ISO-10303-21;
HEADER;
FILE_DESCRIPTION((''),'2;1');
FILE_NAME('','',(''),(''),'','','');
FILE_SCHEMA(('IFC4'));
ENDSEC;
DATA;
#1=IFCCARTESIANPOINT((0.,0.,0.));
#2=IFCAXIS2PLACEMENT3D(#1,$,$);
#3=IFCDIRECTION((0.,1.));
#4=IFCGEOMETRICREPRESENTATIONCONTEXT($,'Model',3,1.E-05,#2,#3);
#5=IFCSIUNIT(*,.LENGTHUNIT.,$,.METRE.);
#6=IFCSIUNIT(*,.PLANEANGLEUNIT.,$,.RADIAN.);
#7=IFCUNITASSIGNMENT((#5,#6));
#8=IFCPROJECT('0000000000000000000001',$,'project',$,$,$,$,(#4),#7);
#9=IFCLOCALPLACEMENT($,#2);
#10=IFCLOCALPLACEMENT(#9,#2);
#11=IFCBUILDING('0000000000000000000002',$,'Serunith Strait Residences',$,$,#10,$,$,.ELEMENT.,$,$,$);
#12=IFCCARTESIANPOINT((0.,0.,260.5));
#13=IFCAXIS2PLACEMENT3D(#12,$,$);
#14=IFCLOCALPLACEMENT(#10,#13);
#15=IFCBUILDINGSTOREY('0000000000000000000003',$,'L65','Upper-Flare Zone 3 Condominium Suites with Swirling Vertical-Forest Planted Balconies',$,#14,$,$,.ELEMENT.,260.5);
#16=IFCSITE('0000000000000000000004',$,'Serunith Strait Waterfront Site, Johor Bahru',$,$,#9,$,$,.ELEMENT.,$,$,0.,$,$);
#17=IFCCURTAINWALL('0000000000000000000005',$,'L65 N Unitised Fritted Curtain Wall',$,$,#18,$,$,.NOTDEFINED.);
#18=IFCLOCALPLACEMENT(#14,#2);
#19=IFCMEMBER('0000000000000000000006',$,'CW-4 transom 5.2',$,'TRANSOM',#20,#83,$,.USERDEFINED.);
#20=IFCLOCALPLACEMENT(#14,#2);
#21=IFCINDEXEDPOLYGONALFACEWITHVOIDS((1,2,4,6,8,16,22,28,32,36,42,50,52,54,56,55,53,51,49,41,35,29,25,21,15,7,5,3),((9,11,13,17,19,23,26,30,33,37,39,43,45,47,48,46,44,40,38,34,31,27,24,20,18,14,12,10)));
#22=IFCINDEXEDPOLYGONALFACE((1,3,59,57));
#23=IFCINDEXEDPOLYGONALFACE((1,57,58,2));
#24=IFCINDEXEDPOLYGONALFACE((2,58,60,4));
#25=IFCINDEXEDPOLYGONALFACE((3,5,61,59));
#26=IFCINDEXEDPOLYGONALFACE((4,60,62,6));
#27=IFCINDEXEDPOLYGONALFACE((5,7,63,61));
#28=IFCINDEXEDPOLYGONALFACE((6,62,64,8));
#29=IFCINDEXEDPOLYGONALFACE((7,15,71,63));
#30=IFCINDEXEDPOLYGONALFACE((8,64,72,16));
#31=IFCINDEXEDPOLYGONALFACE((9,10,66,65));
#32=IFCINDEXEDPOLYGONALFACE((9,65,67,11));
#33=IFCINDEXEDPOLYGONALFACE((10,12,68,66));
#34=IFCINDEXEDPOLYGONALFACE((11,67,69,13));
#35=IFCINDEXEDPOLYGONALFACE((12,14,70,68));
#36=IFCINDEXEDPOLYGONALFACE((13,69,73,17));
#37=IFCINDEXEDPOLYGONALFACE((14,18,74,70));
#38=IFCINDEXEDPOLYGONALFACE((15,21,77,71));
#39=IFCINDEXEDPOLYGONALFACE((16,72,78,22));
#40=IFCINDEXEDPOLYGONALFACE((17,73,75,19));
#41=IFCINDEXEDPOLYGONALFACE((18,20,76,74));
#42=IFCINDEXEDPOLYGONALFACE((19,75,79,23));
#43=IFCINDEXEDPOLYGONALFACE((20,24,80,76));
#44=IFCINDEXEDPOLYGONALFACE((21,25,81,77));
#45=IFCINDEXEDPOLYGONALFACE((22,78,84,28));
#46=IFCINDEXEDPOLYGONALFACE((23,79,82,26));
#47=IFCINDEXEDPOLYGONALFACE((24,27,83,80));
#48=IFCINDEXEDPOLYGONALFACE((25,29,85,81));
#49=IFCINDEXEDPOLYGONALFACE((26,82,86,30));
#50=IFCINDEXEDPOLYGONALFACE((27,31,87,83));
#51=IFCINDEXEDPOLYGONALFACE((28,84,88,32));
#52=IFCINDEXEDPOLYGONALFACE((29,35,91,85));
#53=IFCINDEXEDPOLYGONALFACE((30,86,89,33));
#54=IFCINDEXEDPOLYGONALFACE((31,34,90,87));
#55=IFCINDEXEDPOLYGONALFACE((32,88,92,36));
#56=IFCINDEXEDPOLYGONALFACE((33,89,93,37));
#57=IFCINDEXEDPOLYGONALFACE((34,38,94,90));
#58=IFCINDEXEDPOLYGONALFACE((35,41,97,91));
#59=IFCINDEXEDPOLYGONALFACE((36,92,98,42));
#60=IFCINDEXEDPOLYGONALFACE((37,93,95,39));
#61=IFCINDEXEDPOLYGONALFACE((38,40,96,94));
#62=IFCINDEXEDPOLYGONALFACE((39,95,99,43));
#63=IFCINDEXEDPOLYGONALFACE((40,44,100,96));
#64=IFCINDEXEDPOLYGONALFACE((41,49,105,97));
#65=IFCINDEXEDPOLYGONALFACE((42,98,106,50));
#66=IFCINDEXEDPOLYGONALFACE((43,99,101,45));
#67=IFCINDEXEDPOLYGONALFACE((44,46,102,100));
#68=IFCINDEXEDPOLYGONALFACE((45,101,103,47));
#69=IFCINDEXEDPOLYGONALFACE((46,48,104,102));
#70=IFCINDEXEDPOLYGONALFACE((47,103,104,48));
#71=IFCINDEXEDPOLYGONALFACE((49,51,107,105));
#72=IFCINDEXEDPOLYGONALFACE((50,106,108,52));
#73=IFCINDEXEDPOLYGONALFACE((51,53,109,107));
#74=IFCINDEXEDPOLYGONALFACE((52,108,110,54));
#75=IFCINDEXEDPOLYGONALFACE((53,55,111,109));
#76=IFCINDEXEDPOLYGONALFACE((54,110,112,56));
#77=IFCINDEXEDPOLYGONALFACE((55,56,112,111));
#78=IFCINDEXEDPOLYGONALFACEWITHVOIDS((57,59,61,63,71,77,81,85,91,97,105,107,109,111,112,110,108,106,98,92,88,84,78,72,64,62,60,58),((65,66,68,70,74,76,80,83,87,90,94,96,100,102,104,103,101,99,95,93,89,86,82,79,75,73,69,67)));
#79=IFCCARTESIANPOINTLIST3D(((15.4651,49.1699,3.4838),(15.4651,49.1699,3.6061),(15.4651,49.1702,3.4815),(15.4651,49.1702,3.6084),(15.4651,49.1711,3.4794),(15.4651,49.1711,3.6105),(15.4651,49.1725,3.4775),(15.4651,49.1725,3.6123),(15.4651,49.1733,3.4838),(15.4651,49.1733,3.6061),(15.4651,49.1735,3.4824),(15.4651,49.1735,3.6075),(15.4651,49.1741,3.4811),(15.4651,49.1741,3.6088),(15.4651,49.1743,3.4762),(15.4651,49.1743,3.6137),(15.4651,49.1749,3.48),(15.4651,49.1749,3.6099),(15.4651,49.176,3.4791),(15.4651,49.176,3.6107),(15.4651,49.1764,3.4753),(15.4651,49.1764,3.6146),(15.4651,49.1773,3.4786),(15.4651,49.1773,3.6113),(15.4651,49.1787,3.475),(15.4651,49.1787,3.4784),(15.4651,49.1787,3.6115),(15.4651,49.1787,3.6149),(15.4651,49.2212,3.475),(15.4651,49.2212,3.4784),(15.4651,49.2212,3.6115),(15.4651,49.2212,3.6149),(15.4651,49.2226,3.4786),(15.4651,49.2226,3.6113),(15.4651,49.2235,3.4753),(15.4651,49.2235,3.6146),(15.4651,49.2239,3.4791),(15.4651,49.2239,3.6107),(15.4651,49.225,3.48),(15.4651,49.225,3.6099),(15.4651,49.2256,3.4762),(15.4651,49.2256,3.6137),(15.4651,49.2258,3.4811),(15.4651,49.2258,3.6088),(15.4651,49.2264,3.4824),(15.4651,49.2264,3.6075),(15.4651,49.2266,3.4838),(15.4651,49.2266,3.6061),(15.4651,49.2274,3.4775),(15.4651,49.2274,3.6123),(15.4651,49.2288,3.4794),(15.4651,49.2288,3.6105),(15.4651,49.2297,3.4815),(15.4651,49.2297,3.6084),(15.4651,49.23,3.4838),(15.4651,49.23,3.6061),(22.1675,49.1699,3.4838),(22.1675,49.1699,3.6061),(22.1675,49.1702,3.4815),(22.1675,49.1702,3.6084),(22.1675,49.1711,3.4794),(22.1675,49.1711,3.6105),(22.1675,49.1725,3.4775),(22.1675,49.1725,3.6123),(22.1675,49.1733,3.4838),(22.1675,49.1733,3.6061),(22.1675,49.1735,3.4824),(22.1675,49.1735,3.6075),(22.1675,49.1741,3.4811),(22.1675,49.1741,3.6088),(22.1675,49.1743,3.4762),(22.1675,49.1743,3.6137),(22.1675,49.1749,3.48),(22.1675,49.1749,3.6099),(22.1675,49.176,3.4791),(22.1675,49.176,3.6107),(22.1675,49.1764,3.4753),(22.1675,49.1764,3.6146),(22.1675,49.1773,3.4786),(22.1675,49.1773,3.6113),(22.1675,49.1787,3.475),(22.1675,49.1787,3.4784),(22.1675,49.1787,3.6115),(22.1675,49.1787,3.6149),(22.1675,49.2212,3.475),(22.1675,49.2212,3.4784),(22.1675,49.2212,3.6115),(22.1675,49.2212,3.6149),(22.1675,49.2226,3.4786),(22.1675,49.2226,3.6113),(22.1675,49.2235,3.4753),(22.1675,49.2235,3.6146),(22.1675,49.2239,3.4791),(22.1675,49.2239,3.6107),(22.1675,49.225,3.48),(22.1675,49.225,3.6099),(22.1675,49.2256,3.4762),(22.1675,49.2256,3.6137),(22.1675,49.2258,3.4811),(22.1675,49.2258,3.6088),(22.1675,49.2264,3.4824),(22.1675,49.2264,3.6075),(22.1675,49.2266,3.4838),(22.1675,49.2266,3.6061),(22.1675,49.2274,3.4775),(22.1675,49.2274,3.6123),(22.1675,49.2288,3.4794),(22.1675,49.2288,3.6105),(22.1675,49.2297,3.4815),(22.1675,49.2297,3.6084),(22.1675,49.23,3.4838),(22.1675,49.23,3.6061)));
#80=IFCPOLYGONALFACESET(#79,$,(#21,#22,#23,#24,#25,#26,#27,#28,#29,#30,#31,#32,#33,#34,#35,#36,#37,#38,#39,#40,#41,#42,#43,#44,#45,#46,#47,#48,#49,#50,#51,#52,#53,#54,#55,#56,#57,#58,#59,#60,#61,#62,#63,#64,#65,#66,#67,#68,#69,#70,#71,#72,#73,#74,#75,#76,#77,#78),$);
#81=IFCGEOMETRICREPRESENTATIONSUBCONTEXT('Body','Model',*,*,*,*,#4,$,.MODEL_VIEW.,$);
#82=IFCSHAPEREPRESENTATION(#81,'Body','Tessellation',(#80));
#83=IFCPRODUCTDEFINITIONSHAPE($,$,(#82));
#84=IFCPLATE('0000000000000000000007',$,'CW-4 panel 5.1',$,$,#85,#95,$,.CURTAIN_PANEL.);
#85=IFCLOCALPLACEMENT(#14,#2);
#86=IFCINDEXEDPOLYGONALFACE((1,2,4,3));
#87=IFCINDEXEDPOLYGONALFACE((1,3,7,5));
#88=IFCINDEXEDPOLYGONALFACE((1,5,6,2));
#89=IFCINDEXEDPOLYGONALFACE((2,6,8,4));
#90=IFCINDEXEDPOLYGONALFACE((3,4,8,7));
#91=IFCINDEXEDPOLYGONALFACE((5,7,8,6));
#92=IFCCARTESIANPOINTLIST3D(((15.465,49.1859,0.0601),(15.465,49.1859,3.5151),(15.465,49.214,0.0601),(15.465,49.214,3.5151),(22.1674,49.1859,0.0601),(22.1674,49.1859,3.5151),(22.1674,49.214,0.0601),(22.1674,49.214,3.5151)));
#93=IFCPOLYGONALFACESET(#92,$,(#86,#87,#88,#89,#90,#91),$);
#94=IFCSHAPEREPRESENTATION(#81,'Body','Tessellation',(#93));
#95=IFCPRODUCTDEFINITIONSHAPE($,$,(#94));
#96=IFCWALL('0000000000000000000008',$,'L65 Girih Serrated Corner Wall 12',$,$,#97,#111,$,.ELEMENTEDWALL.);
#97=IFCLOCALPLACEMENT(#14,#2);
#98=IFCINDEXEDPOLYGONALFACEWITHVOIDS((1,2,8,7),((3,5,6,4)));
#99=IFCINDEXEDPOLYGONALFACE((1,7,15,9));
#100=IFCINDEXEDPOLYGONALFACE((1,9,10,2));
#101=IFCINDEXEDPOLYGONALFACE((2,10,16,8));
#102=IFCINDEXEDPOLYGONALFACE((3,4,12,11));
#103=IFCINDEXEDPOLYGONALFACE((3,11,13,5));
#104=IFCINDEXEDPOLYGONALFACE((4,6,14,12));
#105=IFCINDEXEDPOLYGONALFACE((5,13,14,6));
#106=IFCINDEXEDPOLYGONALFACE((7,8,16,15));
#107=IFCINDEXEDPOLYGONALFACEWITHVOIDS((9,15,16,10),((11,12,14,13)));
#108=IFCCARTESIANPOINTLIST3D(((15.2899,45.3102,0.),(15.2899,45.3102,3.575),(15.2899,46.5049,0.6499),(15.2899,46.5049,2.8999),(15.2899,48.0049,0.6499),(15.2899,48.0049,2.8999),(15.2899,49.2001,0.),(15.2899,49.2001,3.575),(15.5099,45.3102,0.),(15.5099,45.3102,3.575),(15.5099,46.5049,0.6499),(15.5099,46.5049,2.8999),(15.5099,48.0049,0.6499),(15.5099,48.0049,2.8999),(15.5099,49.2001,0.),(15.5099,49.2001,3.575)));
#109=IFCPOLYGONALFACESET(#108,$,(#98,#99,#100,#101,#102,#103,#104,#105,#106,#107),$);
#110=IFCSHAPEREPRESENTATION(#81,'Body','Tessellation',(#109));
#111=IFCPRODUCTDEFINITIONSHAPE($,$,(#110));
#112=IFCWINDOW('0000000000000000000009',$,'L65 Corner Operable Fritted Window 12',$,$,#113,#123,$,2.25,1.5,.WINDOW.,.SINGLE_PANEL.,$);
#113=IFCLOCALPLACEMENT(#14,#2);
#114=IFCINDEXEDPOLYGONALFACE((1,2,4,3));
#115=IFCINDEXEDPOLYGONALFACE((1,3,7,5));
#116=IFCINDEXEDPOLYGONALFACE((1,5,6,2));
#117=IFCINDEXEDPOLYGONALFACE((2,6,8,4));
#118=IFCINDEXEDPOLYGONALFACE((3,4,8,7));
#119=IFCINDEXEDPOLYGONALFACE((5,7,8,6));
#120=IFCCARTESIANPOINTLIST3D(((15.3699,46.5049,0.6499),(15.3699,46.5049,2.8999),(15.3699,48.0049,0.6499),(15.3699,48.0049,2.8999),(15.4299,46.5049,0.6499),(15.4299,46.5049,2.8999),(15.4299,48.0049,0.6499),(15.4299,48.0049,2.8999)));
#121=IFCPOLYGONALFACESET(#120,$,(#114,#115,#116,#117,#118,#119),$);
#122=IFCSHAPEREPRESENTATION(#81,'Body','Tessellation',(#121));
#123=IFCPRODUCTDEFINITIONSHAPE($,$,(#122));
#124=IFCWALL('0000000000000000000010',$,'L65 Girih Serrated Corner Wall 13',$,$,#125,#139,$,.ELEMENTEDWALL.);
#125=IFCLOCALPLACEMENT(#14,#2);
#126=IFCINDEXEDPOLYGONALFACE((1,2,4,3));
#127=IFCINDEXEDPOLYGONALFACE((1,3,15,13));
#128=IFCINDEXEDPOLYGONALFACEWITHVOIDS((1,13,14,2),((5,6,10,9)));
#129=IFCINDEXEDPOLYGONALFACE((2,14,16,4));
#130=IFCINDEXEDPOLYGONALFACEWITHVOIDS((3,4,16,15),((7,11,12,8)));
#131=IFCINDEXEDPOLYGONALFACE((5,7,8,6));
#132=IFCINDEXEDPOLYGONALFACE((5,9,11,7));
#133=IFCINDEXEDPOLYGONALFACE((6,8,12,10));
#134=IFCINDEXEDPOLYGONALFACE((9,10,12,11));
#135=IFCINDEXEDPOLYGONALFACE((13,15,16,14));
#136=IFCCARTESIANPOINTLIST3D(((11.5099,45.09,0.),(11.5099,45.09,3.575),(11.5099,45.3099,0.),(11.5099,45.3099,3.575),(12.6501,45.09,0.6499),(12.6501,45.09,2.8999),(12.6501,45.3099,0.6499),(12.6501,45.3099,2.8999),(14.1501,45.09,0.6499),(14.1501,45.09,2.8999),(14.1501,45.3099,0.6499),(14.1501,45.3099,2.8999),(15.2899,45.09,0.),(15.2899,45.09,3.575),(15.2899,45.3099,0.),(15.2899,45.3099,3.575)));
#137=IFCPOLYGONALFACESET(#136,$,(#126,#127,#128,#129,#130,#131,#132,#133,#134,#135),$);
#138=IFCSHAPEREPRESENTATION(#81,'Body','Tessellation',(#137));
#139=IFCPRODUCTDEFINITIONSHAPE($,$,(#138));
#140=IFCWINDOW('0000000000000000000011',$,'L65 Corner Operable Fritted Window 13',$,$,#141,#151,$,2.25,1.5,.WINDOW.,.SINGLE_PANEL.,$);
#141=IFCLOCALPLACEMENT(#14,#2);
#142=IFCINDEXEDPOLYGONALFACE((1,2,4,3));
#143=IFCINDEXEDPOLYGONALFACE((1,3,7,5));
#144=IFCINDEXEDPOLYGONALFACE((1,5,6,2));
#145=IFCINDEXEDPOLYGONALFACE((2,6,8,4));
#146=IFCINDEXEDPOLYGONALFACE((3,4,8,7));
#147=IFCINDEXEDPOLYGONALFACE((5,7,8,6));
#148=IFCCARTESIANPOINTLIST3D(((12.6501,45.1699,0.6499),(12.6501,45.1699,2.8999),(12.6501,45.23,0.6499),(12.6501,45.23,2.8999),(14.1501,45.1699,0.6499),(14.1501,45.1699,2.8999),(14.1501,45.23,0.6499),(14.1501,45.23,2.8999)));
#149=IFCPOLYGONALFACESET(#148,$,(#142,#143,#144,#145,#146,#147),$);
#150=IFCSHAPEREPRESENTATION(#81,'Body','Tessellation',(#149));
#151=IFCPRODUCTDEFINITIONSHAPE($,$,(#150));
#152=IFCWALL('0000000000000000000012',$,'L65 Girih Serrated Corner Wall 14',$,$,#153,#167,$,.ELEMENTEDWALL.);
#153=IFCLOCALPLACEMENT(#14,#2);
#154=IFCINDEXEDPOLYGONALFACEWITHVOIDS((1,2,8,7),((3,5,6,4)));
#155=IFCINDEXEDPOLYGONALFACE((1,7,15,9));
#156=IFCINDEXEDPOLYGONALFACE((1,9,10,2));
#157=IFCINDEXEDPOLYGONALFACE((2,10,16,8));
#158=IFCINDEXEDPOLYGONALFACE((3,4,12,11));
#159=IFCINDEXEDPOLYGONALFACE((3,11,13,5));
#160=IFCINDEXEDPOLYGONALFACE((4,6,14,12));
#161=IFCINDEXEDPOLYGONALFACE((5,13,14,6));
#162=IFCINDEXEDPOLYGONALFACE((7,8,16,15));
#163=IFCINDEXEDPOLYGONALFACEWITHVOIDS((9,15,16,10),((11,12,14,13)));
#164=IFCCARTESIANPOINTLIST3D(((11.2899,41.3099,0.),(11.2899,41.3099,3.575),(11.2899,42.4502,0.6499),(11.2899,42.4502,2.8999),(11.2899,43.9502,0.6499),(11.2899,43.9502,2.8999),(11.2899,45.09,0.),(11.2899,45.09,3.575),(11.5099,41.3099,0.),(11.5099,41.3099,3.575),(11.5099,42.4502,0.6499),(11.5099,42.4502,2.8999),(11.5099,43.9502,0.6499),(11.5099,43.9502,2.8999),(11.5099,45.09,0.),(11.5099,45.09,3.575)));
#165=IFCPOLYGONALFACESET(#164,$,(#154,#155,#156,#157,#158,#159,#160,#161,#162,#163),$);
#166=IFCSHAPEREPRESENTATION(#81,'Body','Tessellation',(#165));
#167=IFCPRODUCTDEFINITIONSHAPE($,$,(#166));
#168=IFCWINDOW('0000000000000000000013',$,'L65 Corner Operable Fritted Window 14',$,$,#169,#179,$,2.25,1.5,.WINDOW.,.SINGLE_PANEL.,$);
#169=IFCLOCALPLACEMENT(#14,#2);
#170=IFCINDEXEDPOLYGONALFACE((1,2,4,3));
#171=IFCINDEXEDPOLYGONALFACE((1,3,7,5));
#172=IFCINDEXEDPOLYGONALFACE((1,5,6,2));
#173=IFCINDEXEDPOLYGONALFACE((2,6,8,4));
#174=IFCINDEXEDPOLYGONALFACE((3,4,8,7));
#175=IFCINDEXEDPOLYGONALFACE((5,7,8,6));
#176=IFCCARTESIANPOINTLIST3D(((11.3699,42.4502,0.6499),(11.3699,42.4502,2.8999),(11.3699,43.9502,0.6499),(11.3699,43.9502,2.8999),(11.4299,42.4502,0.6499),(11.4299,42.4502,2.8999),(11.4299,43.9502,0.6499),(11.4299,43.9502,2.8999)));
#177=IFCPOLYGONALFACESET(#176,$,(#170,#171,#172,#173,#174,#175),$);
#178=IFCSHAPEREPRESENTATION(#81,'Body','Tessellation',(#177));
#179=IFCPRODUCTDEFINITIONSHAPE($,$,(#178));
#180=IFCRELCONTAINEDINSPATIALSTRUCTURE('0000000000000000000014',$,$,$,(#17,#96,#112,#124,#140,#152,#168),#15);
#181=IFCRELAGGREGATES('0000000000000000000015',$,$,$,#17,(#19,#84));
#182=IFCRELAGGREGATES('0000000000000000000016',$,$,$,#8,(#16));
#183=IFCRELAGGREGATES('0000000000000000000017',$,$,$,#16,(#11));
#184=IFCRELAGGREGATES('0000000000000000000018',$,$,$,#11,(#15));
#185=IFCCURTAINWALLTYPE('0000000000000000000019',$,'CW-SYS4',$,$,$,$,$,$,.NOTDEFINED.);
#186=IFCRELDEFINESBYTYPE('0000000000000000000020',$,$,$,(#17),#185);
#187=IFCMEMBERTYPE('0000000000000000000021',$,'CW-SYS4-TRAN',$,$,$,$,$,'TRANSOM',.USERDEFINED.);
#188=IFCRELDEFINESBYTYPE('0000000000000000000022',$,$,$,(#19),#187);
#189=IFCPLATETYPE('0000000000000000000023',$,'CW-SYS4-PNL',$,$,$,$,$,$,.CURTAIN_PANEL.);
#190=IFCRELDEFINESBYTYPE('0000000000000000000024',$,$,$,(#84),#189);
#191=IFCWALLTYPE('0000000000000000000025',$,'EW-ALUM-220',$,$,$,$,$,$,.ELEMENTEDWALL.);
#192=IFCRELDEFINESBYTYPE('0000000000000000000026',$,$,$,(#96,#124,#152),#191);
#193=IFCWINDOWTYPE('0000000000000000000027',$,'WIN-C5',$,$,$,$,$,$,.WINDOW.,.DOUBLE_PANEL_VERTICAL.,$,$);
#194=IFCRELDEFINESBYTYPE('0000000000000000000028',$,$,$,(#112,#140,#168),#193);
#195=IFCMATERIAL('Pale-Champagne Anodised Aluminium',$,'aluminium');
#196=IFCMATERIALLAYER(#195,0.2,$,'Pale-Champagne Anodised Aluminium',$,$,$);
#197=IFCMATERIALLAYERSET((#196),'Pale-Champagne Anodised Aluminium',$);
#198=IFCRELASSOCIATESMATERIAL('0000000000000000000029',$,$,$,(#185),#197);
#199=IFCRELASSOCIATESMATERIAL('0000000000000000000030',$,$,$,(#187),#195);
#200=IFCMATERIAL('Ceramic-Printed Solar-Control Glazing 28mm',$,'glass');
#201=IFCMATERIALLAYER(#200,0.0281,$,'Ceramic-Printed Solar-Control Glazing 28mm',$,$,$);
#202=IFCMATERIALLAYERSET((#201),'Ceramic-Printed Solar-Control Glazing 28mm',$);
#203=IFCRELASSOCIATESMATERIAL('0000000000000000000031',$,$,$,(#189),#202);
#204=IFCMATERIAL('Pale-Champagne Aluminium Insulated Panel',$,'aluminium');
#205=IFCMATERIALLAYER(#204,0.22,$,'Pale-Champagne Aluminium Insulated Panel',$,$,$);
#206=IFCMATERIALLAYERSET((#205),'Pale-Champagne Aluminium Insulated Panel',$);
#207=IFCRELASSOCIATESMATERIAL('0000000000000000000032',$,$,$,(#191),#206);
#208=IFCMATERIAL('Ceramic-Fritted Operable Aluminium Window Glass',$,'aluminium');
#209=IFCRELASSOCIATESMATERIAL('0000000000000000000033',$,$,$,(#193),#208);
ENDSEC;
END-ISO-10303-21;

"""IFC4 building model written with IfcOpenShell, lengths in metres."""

from ifc_helpers import new_model, si_unit, direction, frame, frame_2d, origin, origin_2d, place, context, subcontext, project, spatial, rectangle, hollow_rectangle, extrude, source, transform, mapped, material, layer, layer_set, material_profile, profile_set, type_object, element, fill, aggregate, save


model = new_model("IFC4")

# Units and contexts
model_context = context("Model", 3, precision=1e-05, world=origin(), true_north=direction((0.0, 1.0)))
body_context = subcontext(model_context, "Body", "Model", "MODEL_VIEW")
ifc_project = project(units=[si_unit("LENGTHUNIT", "METRE"), si_unit("PLANEANGLEUNIT", "RADIAN")], contexts=[model_context])

# Site, building, storey
site_placement = place(None, origin())
site = spatial("IfcSite", under=ifc_project, at=site_placement, Name="Serunith Strait Waterfront Site, Johor Bahru", CompositionType="ELEMENT", RefElevation=0.0)
building_placement = place(site_placement, origin())
building = spatial("IfcBuilding", under=site, at=building_placement, Name="Serunith Strait Residences", CompositionType="ELEMENT")
storey_placement = place(building_placement, frame((0.0, 0.0, 260.5)))
storey = spatial("IfcBuildingStorey", under=building, at=storey_placement, Name="L65", Description="Upper-Flare Zone 3 Condominium Suites with Swirling Vertical-Forest Planted Balconies", CompositionType="ELEMENT", Elevation=260.5)

# Curtain wall
ifc_material_1 = material(Name="Pale-Champagne Anodised Aluminium", Category="aluminium")
ifc_layer_1 = layer(ifc_material_1, 0.2, Name="Pale-Champagne Anodised Aluminium")
ifc_layer_set_1 = layer_set([ifc_layer_1], Name="Pale-Champagne Anodised Aluminium")
curtain_wall_type = type_object("IfcCurtainWallType", Name="CW-SYS4", PredefinedType="NOTDEFINED", material=ifc_layer_set_1)
curtain_wall_1_placement = place(storey_placement, origin())
curtain_wall_1 = element("IfcCurtainWall", 1, at=curtain_wall_1_placement, inside=storey, type_object=curtain_wall_type, Name="L65 N Unitised Fritted Curtain Wall", PredefinedType="NOTDEFINED")
ifc_material_profile_1 = material_profile(ifc_material_1, hollow_rectangle(XDim=0.0601, YDim=0.1399, WallThickness=0.0034, InnerFilletRadius=0.0054, OuterFilletRadius=0.0088, at=origin_2d()), Name="ALU 140x60x3.5")
ifc_profile_set_1 = profile_set([ifc_material_profile_1], Name="Pale-Champagne Anodised Aluminium")
member_type_1 = type_object("IfcMemberType", Name="CW-SYS4-TRAN", ElementType="TRANSOM", PredefinedType="USERDEFINED", material=ifc_profile_set_1)

# Member
shared_shape_1 = source(origin(), body_context, "Body", "SweptSolid", [
    extrude(hollow_rectangle(XDim=0.0601, YDim=0.1399, WallThickness=0.0034, InnerFilletRadius=0.0054, OuterFilletRadius=0.0088, at=origin_2d()), origin(), (0.0, 0.0, 1.0), 6.7024),
])
member_1_placement = place(storey_placement, frame((22.1675, 49.2, 3.5449), z_axis=(-1.0, 0.0, 0.0), x_axis=(0.0, -1.0, 0.0)))
member_1 = element("IfcMember", 2, at=member_1_placement, type_object=member_type_1, Name="CW-4 transom 5.2", ObjectType="TRANSOM", PredefinedType="USERDEFINED", context=body_context, shape_type="MappedRepresentation", body=[
    mapped(shared_shape_1, transform((0.0, 0.0, 0.0), scale=1.0)),
])

# Plate
ifc_material_2 = material(Name="Ceramic-Printed Solar-Control Glazing 28mm", Category="glass")
ifc_layer_2 = layer(ifc_material_2, 0.0281, Name="Ceramic-Printed Solar-Control Glazing 28mm")
ifc_layer_set_2 = layer_set([ifc_layer_2], Name="Ceramic-Printed Solar-Control Glazing 28mm")
plate_type = type_object("IfcPlateType", Name="CW-SYS4-PNL", PredefinedType="CURTAIN_PANEL", material=ifc_layer_set_2)
shared_shape_2 = source(origin(), body_context, "Body", "SweptSolid", [
    extrude(rectangle(XDim=6.7024, YDim=0.0281, at=origin_2d()), origin(), (0.0, 0.0, 1.0), 3.4551),
])
plate_placement = place(storey_placement, frame((18.8162, 49.2, 0.0601), z_axis=(0.0, 0.0, 1.0), x_axis=(-1.0, 0.0, 0.0)))
plate = element("IfcPlate", 3, at=plate_placement, type_object=plate_type, Name="CW-4 panel 5.1", PredefinedType="CURTAIN_PANEL", context=body_context, shape_type="MappedRepresentation", body=[
    mapped(shared_shape_2, transform((0.0, 0.0, 0.0), scale=1.0)),
])
aggregate(curtain_wall_1, [member_1, plate])

# Walls, openings, windows
ifc_material_3 = material(Name="Pale-Champagne Aluminium Insulated Panel", Category="aluminium")
ifc_layer_3 = layer(ifc_material_3, 0.22, Name="Pale-Champagne Aluminium Insulated Panel")
ifc_layer_set_3 = layer_set([ifc_layer_3], Name="Pale-Champagne Aluminium Insulated Panel")
wall_type = type_object("IfcWallType", Name="EW-ALUM-220", PredefinedType="ELEMENTEDWALL", material=ifc_layer_set_3)
wall_1_placement = place(storey_placement, frame((15.3999, 49.2, 0.0), z_axis=(0.0, 0.0, 1.0), x_axis=(0.0, -1.0, 0.0)))
wall_1 = element("IfcWall", 4, at=wall_1_placement, inside=storey, type_object=wall_type, Name="L65 Girih Serrated Corner Wall 12", PredefinedType="ELEMENTEDWALL", context=body_context, shape_type="SweptSolid", body=[
    extrude(rectangle(XDim=3.8899, YDim=0.22, at=frame_2d((1.9448, 0.0))), origin(), (0.0, 0.0, 1.0), 3.575),
])
opening_1_placement = place(wall_1_placement, frame((1.1951, 0.0, 0.6499)))
opening_1 = element("IfcOpeningElement", 5, at=opening_1_placement, cuts=wall_1, PredefinedType="OPENING", context=body_context, shape_type="SweptSolid", body=[
    extrude(rectangle(XDim=1.5, YDim=2.25, at=frame_2d((0.75, 1.125))), frame((0.0, 0.1201, 0.0), z_axis=(0.0, -1.0, 0.0), x_axis=(1.0, 0.0, 0.0)), (0.0, 0.0, 1.0), 0.24),
])
ifc_material_4 = material(Name="Ceramic-Fritted Operable Aluminium Window Glass", Category="aluminium")
window_type = type_object("IfcWindowType", Name="WIN-C5", PartitioningType="DOUBLE_PANEL_VERTICAL", PredefinedType="WINDOW", material=ifc_material_4)
shared_shape_3 = source(origin(), body_context, "Body", "SweptSolid", [
    extrude(rectangle(XDim=1.5, YDim=2.25, at=frame_2d((0.75, 1.125))), frame((0.0, 0.03, 0.0), z_axis=(0.0, -1.0, 0.0), x_axis=(1.0, 0.0, 0.0)), (0.0, 0.0, 1.0), 0.0601),
])
window_1_placement = place(opening_1_placement, origin())
window_1 = element("IfcWindow", 6, at=window_1_placement, inside=storey, type_object=window_type, Name="L65 Corner Operable Fritted Window 12", OverallHeight=2.25, OverallWidth=1.5, PartitioningType="SINGLE_PANEL", PredefinedType="WINDOW", context=body_context, shape_type="MappedRepresentation", body=[
    mapped(shared_shape_3, transform((0.0, 0.0, 0.0), scale=1.0)),
])
fill(opening_1, window_1)
wall_2_placement = place(storey_placement, frame((15.29, 45.2, 0.0), z_axis=(0.0, 0.0, 1.0), x_axis=(-1.0, 0.0, 0.0)))
wall_2 = element("IfcWall", 7, at=wall_2_placement, inside=storey, type_object=wall_type, Name="L65 Girih Serrated Corner Wall 13", PredefinedType="ELEMENTEDWALL", context=body_context, shape_type="SweptSolid", body=[
    extrude(rectangle(XDim=3.78, YDim=0.22, at=frame_2d((1.8901, 0.0))), origin(), (0.0, 0.0, 1.0), 3.575),
])
opening_2_placement = place(wall_2_placement, frame((1.1399, 0.0, 0.6499)))
opening_2 = element("IfcOpeningElement", 8, at=opening_2_placement, cuts=wall_2, PredefinedType="OPENING", context=body_context, shape_type="SweptSolid", body=[
    extrude(rectangle(XDim=1.5, YDim=2.25, at=frame_2d((0.75, 1.125))), frame((0.0, 0.1201, 0.0), z_axis=(0.0, -1.0, 0.0), x_axis=(1.0, 0.0, 0.0)), (0.0, 0.0, 1.0), 0.24),
])
window_2_placement = place(opening_2_placement, origin())
window_2 = element("IfcWindow", 9, at=window_2_placement, inside=storey, type_object=window_type, Name="L65 Corner Operable Fritted Window 13", OverallHeight=2.25, OverallWidth=1.5, PartitioningType="SINGLE_PANEL", PredefinedType="WINDOW", context=body_context, shape_type="MappedRepresentation", body=[
    mapped(shared_shape_3, transform((0.0, 0.0, 0.0), scale=1.0)),
])
fill(opening_2, window_2)
wall_3_placement = place(storey_placement, frame((11.3999, 45.0901, 0.0), z_axis=(0.0, 0.0, 1.0), x_axis=(0.0, -1.0, 0.0)))
wall_3 = element("IfcWall", 10, at=wall_3_placement, inside=storey, type_object=wall_type, Name="L65 Girih Serrated Corner Wall 14", PredefinedType="ELEMENTEDWALL", context=body_context, shape_type="SweptSolid", body=[
    extrude(rectangle(XDim=3.78, YDim=0.22, at=frame_2d((1.8901, 0.0))), origin(), (0.0, 0.0, 1.0), 3.575),
])
opening_3_placement = place(wall_3_placement, frame((1.1399, 0.0, 0.6499)))
opening_3 = element("IfcOpeningElement", 11, at=opening_3_placement, cuts=wall_3, PredefinedType="OPENING", context=body_context, shape_type="SweptSolid", body=[
    extrude(rectangle(XDim=1.5, YDim=2.25, at=frame_2d((0.75, 1.125))), frame((0.0, 0.1201, 0.0), z_axis=(0.0, -1.0, 0.0), x_axis=(1.0, 0.0, 0.0)), (0.0, 0.0, 1.0), 0.24),
])
window_3_placement = place(opening_3_placement, origin())
window_3 = element("IfcWindow", 12, at=window_3_placement, inside=storey, type_object=window_type, Name="L65 Corner Operable Fritted Window 14", OverallHeight=2.25, OverallWidth=1.5, PartitioningType="SINGLE_PANEL", PredefinedType="WINDOW", context=body_context, shape_type="MappedRepresentation", body=[
    mapped(shared_shape_3, transform((0.0, 0.0, 0.0), scale=1.0)),
])
fill(opening_3, window_3)

save(model, "model.ifc")
